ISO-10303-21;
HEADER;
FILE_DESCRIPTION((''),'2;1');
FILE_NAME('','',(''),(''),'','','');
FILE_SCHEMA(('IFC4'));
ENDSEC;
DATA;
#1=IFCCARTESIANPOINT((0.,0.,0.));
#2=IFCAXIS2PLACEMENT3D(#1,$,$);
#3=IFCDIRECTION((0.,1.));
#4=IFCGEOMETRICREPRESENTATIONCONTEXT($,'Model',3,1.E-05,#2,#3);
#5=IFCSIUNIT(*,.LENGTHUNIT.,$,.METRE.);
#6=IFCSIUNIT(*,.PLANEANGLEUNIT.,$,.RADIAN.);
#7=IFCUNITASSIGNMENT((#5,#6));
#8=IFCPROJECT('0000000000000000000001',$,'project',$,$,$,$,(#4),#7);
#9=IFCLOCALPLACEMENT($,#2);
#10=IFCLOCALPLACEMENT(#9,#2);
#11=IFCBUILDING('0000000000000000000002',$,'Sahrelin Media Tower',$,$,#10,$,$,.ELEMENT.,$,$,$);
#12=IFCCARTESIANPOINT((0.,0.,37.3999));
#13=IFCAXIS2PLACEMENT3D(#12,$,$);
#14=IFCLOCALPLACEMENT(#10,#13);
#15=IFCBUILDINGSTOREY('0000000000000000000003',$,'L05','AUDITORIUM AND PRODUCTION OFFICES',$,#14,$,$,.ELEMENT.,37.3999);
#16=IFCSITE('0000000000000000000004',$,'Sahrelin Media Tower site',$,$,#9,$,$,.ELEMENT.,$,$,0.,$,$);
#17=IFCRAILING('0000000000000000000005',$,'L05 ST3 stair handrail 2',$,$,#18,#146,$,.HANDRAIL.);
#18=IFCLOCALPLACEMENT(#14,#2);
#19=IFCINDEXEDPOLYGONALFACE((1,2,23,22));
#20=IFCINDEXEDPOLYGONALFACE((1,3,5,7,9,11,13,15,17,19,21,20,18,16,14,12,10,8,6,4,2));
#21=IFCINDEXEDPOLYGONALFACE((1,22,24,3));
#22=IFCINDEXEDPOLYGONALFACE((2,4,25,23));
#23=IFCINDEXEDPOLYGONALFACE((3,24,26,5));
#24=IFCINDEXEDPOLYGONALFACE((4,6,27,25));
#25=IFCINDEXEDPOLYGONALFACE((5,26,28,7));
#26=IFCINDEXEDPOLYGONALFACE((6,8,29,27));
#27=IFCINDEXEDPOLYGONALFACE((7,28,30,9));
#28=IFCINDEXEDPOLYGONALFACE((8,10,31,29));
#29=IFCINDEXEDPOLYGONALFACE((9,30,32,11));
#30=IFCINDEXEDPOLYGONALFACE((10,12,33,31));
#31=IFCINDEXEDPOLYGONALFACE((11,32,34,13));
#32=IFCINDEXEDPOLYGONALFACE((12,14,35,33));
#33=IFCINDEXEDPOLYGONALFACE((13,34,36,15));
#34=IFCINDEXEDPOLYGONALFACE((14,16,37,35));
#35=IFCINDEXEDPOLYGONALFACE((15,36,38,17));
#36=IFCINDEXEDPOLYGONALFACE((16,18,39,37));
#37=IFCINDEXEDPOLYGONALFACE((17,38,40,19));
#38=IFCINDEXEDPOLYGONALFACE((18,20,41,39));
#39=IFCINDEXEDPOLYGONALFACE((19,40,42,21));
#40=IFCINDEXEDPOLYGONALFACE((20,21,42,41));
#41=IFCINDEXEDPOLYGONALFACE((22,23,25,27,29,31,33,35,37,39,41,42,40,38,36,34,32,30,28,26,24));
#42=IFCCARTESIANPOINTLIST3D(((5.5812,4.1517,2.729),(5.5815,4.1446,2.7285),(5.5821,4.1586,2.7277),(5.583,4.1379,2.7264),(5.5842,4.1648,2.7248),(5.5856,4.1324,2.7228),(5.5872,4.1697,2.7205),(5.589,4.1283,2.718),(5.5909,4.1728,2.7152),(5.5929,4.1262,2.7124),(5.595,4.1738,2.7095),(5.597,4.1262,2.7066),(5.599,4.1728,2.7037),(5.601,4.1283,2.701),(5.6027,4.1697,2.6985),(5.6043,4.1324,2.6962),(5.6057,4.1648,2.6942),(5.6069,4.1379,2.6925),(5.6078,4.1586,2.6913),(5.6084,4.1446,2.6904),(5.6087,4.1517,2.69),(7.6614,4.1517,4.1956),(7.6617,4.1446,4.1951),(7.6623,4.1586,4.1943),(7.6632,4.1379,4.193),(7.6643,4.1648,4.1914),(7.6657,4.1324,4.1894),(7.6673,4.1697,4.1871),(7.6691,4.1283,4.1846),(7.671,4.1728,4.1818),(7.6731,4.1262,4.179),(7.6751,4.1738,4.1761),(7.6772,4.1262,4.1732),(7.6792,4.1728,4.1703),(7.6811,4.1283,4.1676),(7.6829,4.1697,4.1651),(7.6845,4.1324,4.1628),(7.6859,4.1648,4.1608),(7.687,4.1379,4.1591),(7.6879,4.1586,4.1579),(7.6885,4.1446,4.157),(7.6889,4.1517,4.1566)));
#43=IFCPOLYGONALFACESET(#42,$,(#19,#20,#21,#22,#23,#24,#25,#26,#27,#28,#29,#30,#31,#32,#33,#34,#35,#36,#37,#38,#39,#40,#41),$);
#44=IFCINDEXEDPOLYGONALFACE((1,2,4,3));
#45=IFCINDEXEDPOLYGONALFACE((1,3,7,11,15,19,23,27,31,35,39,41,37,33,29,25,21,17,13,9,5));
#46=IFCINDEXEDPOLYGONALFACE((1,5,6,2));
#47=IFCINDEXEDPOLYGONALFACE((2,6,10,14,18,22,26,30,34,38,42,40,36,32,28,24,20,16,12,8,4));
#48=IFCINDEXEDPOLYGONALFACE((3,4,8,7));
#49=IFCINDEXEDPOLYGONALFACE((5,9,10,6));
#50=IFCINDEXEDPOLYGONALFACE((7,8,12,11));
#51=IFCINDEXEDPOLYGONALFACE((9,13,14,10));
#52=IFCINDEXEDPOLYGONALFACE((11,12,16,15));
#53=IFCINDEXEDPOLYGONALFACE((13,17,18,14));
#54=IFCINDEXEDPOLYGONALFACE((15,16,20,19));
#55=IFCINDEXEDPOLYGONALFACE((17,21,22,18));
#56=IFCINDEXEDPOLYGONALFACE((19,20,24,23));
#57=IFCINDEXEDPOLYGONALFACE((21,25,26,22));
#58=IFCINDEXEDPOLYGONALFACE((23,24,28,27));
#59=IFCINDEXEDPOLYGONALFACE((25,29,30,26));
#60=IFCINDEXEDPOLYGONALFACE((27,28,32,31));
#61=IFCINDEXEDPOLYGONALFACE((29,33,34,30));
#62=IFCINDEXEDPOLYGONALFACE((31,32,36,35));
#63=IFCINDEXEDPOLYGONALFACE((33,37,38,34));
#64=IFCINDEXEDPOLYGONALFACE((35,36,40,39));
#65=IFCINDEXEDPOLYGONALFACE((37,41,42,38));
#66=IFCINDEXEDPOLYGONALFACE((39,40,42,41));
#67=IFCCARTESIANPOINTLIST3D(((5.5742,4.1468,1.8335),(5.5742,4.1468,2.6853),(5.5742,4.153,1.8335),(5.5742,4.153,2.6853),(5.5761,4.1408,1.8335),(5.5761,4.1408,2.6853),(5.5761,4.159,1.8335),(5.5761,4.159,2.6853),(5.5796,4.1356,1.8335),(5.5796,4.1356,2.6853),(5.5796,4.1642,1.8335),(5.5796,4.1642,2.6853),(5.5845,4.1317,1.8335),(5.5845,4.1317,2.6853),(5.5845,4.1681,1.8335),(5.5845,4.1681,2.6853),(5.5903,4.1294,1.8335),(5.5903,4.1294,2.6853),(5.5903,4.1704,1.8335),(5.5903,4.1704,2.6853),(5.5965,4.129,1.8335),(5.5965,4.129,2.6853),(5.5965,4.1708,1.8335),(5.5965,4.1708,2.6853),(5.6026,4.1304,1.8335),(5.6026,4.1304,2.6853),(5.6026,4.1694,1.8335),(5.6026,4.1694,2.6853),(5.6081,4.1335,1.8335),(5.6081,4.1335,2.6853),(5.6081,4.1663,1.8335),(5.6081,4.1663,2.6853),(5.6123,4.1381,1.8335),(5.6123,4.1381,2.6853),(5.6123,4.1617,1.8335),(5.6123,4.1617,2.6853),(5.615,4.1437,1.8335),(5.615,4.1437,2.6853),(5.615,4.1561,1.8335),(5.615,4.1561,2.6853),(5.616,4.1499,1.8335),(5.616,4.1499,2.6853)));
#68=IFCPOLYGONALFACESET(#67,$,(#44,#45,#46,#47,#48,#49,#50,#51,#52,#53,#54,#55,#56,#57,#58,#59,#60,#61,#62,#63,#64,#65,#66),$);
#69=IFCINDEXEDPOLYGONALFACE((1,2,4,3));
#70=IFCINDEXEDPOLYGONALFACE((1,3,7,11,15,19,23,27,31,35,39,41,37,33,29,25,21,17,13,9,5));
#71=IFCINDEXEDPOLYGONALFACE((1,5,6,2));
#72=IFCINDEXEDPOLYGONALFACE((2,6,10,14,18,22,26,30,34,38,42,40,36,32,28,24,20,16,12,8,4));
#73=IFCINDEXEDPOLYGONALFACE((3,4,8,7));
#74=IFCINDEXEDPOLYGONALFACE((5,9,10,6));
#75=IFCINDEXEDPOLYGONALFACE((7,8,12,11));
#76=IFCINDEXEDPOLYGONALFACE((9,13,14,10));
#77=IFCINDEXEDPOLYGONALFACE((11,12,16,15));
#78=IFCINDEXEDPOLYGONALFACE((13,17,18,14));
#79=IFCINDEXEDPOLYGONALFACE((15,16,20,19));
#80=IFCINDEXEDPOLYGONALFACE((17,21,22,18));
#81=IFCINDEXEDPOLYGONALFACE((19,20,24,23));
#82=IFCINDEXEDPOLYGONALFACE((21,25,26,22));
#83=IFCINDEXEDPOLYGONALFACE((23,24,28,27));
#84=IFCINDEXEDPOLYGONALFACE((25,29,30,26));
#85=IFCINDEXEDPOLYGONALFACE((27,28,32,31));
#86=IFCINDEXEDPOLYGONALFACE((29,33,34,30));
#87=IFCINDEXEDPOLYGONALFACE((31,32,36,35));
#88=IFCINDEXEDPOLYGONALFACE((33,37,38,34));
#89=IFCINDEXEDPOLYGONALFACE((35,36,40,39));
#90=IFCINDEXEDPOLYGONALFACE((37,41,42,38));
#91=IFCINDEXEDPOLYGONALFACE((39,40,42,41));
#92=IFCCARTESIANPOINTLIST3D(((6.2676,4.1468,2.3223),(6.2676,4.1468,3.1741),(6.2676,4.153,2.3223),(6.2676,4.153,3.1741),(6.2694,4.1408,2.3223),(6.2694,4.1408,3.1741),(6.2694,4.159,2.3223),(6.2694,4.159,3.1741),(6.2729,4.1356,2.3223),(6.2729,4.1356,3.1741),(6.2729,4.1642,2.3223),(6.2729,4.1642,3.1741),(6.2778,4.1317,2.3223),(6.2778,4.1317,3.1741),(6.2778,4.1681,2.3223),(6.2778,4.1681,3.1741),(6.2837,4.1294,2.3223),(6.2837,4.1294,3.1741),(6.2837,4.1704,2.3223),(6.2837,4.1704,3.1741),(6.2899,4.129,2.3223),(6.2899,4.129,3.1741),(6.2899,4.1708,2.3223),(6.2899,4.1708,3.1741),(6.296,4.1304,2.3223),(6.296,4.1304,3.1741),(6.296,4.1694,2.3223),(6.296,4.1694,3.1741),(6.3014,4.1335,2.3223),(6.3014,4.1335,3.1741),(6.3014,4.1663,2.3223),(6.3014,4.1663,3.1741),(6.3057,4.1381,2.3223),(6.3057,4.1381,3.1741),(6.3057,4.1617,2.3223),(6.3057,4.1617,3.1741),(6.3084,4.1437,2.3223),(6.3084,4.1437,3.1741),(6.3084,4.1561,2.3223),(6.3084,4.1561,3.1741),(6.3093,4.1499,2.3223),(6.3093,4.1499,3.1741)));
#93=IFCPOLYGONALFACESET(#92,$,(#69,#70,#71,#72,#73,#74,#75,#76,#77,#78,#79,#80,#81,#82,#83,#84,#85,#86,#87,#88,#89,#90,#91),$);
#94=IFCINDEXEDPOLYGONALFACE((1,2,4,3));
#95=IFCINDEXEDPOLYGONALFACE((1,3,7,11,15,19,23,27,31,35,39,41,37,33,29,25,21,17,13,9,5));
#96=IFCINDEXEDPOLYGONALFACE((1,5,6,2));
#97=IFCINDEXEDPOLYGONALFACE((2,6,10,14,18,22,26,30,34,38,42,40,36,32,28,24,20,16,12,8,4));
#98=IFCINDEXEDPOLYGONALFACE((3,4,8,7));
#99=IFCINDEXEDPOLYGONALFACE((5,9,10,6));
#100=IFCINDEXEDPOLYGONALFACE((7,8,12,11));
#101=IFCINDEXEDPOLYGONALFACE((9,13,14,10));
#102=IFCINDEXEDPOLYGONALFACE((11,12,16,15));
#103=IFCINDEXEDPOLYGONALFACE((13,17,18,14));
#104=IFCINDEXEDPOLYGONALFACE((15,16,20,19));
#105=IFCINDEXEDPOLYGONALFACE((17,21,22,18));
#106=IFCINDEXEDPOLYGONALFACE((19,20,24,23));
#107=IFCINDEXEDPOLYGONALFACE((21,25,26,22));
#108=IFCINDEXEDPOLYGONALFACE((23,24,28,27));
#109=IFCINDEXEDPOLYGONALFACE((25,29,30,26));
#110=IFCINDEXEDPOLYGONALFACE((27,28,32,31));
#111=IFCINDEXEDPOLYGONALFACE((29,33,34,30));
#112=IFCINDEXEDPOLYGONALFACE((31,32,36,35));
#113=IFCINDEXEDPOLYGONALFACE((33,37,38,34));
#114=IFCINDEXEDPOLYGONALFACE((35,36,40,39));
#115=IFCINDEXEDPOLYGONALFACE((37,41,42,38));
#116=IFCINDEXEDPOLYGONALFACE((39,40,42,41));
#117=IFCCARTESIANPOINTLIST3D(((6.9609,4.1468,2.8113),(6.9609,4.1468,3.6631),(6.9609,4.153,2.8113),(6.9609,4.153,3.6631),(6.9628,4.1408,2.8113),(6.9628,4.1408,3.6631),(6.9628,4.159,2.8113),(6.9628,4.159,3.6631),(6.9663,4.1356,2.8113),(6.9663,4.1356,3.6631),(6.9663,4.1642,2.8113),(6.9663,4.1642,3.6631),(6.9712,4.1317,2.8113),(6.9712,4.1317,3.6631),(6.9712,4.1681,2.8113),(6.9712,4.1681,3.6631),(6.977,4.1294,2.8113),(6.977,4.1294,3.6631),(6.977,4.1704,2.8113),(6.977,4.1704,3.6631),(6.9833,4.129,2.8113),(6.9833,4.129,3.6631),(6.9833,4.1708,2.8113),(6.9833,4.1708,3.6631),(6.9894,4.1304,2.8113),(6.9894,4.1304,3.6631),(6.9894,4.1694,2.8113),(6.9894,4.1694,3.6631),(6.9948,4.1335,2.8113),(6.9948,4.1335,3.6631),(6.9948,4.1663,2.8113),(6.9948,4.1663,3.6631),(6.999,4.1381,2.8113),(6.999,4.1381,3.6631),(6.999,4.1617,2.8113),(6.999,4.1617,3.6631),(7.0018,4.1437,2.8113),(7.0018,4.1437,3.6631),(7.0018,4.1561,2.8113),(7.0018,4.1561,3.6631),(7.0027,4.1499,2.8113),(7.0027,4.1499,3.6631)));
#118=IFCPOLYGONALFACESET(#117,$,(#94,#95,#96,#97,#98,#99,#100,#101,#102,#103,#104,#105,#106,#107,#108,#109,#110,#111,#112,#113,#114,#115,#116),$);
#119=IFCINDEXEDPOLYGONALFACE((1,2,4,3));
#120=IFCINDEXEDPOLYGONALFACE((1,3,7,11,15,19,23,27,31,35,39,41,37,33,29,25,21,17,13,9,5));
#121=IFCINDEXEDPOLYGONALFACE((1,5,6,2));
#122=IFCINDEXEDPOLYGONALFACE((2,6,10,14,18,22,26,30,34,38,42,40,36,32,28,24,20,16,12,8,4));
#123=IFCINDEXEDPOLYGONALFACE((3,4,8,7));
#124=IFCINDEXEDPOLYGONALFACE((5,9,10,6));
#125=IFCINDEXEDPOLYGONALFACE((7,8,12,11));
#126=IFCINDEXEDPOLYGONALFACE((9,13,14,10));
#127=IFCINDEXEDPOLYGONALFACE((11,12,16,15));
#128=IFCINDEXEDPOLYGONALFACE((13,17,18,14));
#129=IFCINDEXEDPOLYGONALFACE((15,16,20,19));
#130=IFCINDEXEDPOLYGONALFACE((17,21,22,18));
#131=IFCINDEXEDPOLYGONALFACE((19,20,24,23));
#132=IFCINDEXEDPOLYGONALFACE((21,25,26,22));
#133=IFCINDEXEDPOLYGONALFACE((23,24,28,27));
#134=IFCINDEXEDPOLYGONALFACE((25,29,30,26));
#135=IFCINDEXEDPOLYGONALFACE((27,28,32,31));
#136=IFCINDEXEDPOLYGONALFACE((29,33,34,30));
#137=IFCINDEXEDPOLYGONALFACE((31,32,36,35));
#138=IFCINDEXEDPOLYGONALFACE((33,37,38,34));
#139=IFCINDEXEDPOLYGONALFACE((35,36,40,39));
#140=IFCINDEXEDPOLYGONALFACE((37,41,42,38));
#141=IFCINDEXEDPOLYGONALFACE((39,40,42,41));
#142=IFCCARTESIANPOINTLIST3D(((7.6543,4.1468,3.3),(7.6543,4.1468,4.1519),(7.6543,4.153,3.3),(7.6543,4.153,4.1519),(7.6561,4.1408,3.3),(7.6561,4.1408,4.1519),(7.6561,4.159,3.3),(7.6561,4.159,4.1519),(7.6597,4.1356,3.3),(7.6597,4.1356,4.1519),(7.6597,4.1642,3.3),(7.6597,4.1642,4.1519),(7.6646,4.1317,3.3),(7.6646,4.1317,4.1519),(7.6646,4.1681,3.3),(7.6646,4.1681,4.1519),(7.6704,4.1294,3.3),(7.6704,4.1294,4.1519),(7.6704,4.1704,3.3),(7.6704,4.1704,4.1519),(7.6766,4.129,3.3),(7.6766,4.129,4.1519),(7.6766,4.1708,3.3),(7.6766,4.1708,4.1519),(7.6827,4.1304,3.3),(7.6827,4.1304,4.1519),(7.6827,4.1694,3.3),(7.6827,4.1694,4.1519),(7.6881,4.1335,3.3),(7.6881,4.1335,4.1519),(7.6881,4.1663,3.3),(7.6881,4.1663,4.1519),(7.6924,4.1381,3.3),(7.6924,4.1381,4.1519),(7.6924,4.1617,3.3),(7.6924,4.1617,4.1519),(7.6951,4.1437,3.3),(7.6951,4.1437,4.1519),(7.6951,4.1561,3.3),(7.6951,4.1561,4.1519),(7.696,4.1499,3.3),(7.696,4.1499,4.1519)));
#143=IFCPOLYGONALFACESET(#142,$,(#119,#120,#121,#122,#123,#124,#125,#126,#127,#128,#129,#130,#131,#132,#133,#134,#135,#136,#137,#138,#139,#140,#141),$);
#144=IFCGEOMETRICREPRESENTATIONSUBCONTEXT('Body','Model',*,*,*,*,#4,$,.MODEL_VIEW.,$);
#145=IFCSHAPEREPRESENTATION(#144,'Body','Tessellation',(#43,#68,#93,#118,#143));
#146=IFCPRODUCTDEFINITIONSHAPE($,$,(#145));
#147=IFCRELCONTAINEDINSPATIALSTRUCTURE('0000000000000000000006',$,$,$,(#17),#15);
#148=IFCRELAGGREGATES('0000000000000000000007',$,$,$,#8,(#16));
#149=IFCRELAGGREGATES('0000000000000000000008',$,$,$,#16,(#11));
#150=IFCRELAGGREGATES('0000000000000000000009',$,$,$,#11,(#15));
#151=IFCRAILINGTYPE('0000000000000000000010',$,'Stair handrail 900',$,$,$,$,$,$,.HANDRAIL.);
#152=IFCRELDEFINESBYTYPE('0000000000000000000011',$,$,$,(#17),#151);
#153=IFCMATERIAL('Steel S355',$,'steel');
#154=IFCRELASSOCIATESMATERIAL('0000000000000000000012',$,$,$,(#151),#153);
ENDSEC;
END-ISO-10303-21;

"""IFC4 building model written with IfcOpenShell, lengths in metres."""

from ifc_helpers import new_model, si_unit, direction, frame, origin, origin_2d, place, context, subcontext, project, spatial, circle, extrude, material, type_object, element, save


model = new_model("IFC4")

# Units and contexts
model_context = context("Model", 3, precision=1e-05, world=origin(), true_north=direction((0.0, 1.0)))
body_context = subcontext(model_context, "Body", "Model", "MODEL_VIEW")
ifc_project = project(units=[si_unit("LENGTHUNIT", "METRE"), si_unit("PLANEANGLEUNIT", "RADIAN")], contexts=[model_context])

# Site, building, storey
site_placement = place(None, origin())
site = spatial("IfcSite", under=ifc_project, at=site_placement, Name="Sahrelin Media Tower site", CompositionType="ELEMENT", RefElevation=0.0)
building_placement = place(site_placement, origin())
building = spatial("IfcBuilding", under=site, at=building_placement, Name="Sahrelin Media Tower", CompositionType="ELEMENT")
storey_placement = place(building_placement, frame((0.0, 0.0, 37.3999)))
storey = spatial("IfcBuildingStorey", under=building, at=storey_placement, Name="L05", Description="AUDITORIUM AND PRODUCTION OFFICES", CompositionType="ELEMENT", Elevation=37.3999)

# Shared definitions
ifc_material_1 = material(Name="Steel S355", Category="steel")

# Railing
railing_type_1 = type_object("IfcRailingType", Name="Stair handrail 900", PredefinedType="HANDRAIL", material=ifc_material_1)
for number, where, name in (
    (1, (5.595, 4.1499, 1.8335), "L05 ST3 stair handrail 2"),
):
    element("IfcRailing", number, at=place(storey_placement, frame(where)), inside=storey, type_object=railing_type_1, Name=name, PredefinedType="HANDRAIL", context=body_context, shape_type="SweptSolid", body=[
        extrude(circle(Radius=0.0239, at=origin_2d()), frame((0.0, 0.0, 0.876), z_axis=(0.817289, 0.0, 0.576227), x_axis=(0.0, 1.0, 0.0)), (0.0, 0.0, 1.0), 2.5452),
        extrude(circle(Radius=0.021, at=origin_2d()), origin(), (0.0, 0.0, 1.0), 0.8518),
        extrude(circle(Radius=0.021, at=origin_2d()), frame((0.6934, 0.0, 0.4888)), (0.0, 0.0, 1.0), 0.8518),
        extrude(circle(Radius=0.021, at=origin_2d()), frame((1.3867, 0.0, 0.9778)), (0.0, 0.0, 1.0), 0.8518),
        extrude(circle(Radius=0.021, at=origin_2d()), frame((2.0801, 0.0, 1.4666)), (0.0, 0.0, 1.0), 0.8518),
    ])

save(model, "model.ifc")
